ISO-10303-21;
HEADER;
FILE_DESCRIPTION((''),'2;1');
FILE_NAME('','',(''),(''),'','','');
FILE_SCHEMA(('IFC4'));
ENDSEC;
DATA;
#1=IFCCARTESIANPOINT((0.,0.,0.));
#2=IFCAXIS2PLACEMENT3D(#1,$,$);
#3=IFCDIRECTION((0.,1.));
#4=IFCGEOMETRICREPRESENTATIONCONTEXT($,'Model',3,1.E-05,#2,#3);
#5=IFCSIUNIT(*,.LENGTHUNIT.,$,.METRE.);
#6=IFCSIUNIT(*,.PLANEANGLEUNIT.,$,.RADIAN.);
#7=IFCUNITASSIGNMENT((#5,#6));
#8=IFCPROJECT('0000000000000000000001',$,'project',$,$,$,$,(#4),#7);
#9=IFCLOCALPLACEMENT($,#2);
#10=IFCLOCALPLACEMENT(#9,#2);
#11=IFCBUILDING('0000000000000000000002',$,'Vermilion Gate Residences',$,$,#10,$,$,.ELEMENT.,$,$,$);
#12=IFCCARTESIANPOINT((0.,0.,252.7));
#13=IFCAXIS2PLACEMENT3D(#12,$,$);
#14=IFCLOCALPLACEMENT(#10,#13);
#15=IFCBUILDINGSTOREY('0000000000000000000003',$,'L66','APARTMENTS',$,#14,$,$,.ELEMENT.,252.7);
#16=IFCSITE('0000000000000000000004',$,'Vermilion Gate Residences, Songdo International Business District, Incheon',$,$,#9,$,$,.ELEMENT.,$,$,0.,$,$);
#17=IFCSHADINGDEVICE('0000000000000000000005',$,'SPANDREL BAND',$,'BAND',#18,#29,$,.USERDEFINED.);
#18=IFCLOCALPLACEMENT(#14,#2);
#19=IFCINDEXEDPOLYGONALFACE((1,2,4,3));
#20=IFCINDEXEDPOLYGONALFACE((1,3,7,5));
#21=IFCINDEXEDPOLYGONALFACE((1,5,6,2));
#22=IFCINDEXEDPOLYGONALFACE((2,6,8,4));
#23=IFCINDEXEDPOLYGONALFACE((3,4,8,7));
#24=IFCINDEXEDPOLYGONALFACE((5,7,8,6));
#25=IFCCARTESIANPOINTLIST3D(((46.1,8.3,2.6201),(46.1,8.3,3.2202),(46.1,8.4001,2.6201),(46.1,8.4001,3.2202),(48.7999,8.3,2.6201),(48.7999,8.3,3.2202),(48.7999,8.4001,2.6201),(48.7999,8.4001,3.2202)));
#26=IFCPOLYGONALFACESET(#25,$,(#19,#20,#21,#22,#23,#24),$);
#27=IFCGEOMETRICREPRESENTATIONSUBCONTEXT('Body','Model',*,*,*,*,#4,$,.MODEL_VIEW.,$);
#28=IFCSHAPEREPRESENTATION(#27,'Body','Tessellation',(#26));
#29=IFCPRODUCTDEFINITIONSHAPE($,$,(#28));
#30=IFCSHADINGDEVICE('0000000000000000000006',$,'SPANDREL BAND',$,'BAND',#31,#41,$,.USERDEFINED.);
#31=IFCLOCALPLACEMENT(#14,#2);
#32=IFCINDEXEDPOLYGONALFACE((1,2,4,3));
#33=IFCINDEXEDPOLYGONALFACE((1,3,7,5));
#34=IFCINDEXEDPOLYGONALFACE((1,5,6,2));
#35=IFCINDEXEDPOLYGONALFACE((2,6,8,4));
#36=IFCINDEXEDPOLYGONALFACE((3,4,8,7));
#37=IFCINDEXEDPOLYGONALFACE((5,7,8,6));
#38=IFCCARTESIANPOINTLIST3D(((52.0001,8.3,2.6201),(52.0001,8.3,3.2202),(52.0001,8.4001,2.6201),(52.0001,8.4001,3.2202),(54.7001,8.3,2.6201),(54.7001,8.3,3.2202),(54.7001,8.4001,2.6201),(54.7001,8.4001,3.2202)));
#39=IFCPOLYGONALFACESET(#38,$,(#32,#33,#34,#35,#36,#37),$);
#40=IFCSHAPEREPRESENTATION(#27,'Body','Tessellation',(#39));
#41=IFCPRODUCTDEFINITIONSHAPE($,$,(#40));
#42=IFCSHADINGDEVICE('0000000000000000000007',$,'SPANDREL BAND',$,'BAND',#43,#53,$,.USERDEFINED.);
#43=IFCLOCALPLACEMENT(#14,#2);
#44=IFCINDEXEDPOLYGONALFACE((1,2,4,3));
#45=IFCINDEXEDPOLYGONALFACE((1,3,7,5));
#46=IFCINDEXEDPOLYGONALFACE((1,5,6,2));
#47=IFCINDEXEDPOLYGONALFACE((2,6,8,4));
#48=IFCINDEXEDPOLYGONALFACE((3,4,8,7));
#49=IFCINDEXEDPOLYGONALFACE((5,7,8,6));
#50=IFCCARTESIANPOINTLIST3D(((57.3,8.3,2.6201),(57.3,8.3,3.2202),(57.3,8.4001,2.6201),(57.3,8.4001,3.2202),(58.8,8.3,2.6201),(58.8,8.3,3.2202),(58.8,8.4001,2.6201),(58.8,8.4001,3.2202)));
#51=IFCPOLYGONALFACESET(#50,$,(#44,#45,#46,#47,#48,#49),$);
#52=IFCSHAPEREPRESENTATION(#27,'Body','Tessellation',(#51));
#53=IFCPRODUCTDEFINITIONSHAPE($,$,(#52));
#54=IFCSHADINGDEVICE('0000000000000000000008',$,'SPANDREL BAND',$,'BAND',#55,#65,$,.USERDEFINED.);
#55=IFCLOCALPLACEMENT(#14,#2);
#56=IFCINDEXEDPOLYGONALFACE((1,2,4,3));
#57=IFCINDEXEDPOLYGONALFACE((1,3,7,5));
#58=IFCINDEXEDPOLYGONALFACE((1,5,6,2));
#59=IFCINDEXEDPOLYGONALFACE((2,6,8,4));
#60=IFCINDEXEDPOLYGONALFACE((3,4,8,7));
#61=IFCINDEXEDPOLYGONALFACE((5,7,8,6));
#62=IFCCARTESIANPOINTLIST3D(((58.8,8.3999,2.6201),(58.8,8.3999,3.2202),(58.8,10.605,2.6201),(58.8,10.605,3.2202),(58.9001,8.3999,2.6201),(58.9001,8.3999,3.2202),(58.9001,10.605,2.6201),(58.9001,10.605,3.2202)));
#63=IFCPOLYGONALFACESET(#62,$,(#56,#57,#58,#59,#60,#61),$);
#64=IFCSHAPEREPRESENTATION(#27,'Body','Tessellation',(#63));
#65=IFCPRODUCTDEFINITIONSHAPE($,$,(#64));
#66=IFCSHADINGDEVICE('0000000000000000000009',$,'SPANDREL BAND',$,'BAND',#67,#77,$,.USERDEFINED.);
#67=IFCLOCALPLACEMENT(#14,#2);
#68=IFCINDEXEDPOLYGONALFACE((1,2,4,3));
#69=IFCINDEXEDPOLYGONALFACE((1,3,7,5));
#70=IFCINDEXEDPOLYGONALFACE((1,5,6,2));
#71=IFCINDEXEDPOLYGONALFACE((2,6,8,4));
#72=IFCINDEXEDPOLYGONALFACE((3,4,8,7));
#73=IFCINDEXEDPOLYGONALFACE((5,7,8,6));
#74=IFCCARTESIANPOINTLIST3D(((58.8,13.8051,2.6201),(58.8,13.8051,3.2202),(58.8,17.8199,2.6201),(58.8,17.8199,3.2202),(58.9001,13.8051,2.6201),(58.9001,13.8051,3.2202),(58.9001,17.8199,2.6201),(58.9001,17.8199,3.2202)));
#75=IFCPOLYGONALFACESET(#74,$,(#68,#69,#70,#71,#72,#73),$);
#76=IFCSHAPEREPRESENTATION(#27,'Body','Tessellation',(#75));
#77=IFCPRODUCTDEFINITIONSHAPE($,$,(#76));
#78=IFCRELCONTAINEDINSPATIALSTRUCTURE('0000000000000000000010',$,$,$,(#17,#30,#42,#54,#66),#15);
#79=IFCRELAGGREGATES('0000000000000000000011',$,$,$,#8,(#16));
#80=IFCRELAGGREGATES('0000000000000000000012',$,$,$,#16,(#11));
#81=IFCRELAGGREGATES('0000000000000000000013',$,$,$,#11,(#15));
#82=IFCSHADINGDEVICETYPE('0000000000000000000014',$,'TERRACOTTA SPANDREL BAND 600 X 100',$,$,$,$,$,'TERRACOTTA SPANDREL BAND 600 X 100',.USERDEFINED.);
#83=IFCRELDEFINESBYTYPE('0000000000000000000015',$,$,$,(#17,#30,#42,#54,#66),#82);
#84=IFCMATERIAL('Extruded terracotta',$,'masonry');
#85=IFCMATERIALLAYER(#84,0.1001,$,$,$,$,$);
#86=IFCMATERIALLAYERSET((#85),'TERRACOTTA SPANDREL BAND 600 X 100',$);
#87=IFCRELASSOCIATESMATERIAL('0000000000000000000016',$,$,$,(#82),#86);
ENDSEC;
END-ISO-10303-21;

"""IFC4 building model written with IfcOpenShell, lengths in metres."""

from ifc_helpers import new_model, si_unit, direction, frame, origin, origin_2d, place, context, subcontext, project, spatial, rectangle, extrude, material, layer, layer_set, type_object, element, save


model = new_model("IFC4")

# Units and contexts
model_context = context("Model", 3, precision=1e-05, world=origin(), true_north=direction((0.0, 1.0)))
body_context = subcontext(model_context, "Body", "Model", "MODEL_VIEW")
ifc_project = project(units=[si_unit("LENGTHUNIT", "METRE"), si_unit("PLANEANGLEUNIT", "RADIAN")], contexts=[model_context])

# Site, building, storey
site_placement = place(None, origin())
site = spatial("IfcSite", under=ifc_project, at=site_placement, Name="Vermilion Gate Residences, Songdo International Business District, Incheon", CompositionType="ELEMENT", RefElevation=0.0)
building_placement = place(site_placement, origin())
building = spatial("IfcBuilding", under=site, at=building_placement, Name="Vermilion Gate Residences", CompositionType="ELEMENT")
storey_placement = place(building_placement, frame((0.0, 0.0, 252.7)))
storey = spatial("IfcBuildingStorey", under=building, at=storey_placement, Name="L66", Description="APARTMENTS", CompositionType="ELEMENT", Elevation=252.7)

# Shading devices
ifc_material_1 = material(Name="Extruded terracotta", Category="masonry")
ifc_layer_1 = layer(ifc_material_1, 0.1001)
ifc_layer_set_1 = layer_set([ifc_layer_1], Name="TERRACOTTA SPANDREL BAND 600 X 100")
shading_device_type = type_object("IfcShadingDeviceType", Name="TERRACOTTA SPANDREL BAND 600 X 100", ElementType="TERRACOTTA SPANDREL BAND 600 X 100", PredefinedType="USERDEFINED", material=ifc_layer_set_1)
for number, where, z_axis, x_axis, name in (
    (1, (47.45, 8.3501, 2.6201), (0.0, 0.0, 1.0), (1.0, 0.0, 0.0), "SPANDREL BAND"),
    (2, (53.3501, 8.3501, 2.6201), (0.0, 0.0, 1.0), (1.0, 0.0, 0.0), "SPANDREL BAND"),
):
    element("IfcShadingDevice", number, at=place(storey_placement, frame(where, z_axis=z_axis, x_axis=x_axis)), inside=storey, type_object=shading_device_type, Name=name, ObjectType="BAND", PredefinedType="USERDEFINED", context=body_context, shape_type="SweptSolid", body=[
        extrude(rectangle(XDim=2.7, YDim=0.1001, at=origin_2d()), origin(), (0.0, 0.0, 1.0), 0.6001),
    ])
shading_device_1_placement = place(storey_placement, frame((58.05, 8.3501, 2.6201), z_axis=(0.0, 0.0, 1.0), x_axis=(1.0, 0.0, 0.0)))
element("IfcShadingDevice", 3, at=shading_device_1_placement, inside=storey, type_object=shading_device_type, Name="SPANDREL BAND", ObjectType="BAND", PredefinedType="USERDEFINED", context=body_context, shape_type="SweptSolid", body=[
    extrude(rectangle(XDim=1.5, YDim=0.1001, at=origin_2d()), origin(), (0.0, 0.0, 1.0), 0.6001),
])
shading_device_2_placement = place(storey_placement, frame((58.8501, 9.5024, 2.6201), z_axis=(0.0, 0.0, 1.0), x_axis=(0.0, 1.0, 0.0)))
element("IfcShadingDevice", 4, at=shading_device_2_placement, inside=storey, type_object=shading_device_type, Name="SPANDREL BAND", ObjectType="BAND", PredefinedType="USERDEFINED", context=body_context, shape_type="SweptSolid", body=[
    extrude(rectangle(XDim=2.2051, YDim=0.1001, at=origin_2d()), origin(), (0.0, 0.0, 1.0), 0.6001),
])
shading_device_3_placement = place(storey_placement, frame((58.8501, 15.8125, 2.6201), z_axis=(0.0, 0.0, 1.0), x_axis=(0.0, 1.0, 0.0)))
element("IfcShadingDevice", 5, at=shading_device_3_placement, inside=storey, type_object=shading_device_type, Name="SPANDREL BAND", ObjectType="BAND", PredefinedType="USERDEFINED", context=body_context, shape_type="SweptSolid", body=[
    extrude(rectangle(XDim=4.0149, YDim=0.1001, at=origin_2d()), origin(), (0.0, 0.0, 1.0), 0.6001),
])

save(model, "model.ifc")
